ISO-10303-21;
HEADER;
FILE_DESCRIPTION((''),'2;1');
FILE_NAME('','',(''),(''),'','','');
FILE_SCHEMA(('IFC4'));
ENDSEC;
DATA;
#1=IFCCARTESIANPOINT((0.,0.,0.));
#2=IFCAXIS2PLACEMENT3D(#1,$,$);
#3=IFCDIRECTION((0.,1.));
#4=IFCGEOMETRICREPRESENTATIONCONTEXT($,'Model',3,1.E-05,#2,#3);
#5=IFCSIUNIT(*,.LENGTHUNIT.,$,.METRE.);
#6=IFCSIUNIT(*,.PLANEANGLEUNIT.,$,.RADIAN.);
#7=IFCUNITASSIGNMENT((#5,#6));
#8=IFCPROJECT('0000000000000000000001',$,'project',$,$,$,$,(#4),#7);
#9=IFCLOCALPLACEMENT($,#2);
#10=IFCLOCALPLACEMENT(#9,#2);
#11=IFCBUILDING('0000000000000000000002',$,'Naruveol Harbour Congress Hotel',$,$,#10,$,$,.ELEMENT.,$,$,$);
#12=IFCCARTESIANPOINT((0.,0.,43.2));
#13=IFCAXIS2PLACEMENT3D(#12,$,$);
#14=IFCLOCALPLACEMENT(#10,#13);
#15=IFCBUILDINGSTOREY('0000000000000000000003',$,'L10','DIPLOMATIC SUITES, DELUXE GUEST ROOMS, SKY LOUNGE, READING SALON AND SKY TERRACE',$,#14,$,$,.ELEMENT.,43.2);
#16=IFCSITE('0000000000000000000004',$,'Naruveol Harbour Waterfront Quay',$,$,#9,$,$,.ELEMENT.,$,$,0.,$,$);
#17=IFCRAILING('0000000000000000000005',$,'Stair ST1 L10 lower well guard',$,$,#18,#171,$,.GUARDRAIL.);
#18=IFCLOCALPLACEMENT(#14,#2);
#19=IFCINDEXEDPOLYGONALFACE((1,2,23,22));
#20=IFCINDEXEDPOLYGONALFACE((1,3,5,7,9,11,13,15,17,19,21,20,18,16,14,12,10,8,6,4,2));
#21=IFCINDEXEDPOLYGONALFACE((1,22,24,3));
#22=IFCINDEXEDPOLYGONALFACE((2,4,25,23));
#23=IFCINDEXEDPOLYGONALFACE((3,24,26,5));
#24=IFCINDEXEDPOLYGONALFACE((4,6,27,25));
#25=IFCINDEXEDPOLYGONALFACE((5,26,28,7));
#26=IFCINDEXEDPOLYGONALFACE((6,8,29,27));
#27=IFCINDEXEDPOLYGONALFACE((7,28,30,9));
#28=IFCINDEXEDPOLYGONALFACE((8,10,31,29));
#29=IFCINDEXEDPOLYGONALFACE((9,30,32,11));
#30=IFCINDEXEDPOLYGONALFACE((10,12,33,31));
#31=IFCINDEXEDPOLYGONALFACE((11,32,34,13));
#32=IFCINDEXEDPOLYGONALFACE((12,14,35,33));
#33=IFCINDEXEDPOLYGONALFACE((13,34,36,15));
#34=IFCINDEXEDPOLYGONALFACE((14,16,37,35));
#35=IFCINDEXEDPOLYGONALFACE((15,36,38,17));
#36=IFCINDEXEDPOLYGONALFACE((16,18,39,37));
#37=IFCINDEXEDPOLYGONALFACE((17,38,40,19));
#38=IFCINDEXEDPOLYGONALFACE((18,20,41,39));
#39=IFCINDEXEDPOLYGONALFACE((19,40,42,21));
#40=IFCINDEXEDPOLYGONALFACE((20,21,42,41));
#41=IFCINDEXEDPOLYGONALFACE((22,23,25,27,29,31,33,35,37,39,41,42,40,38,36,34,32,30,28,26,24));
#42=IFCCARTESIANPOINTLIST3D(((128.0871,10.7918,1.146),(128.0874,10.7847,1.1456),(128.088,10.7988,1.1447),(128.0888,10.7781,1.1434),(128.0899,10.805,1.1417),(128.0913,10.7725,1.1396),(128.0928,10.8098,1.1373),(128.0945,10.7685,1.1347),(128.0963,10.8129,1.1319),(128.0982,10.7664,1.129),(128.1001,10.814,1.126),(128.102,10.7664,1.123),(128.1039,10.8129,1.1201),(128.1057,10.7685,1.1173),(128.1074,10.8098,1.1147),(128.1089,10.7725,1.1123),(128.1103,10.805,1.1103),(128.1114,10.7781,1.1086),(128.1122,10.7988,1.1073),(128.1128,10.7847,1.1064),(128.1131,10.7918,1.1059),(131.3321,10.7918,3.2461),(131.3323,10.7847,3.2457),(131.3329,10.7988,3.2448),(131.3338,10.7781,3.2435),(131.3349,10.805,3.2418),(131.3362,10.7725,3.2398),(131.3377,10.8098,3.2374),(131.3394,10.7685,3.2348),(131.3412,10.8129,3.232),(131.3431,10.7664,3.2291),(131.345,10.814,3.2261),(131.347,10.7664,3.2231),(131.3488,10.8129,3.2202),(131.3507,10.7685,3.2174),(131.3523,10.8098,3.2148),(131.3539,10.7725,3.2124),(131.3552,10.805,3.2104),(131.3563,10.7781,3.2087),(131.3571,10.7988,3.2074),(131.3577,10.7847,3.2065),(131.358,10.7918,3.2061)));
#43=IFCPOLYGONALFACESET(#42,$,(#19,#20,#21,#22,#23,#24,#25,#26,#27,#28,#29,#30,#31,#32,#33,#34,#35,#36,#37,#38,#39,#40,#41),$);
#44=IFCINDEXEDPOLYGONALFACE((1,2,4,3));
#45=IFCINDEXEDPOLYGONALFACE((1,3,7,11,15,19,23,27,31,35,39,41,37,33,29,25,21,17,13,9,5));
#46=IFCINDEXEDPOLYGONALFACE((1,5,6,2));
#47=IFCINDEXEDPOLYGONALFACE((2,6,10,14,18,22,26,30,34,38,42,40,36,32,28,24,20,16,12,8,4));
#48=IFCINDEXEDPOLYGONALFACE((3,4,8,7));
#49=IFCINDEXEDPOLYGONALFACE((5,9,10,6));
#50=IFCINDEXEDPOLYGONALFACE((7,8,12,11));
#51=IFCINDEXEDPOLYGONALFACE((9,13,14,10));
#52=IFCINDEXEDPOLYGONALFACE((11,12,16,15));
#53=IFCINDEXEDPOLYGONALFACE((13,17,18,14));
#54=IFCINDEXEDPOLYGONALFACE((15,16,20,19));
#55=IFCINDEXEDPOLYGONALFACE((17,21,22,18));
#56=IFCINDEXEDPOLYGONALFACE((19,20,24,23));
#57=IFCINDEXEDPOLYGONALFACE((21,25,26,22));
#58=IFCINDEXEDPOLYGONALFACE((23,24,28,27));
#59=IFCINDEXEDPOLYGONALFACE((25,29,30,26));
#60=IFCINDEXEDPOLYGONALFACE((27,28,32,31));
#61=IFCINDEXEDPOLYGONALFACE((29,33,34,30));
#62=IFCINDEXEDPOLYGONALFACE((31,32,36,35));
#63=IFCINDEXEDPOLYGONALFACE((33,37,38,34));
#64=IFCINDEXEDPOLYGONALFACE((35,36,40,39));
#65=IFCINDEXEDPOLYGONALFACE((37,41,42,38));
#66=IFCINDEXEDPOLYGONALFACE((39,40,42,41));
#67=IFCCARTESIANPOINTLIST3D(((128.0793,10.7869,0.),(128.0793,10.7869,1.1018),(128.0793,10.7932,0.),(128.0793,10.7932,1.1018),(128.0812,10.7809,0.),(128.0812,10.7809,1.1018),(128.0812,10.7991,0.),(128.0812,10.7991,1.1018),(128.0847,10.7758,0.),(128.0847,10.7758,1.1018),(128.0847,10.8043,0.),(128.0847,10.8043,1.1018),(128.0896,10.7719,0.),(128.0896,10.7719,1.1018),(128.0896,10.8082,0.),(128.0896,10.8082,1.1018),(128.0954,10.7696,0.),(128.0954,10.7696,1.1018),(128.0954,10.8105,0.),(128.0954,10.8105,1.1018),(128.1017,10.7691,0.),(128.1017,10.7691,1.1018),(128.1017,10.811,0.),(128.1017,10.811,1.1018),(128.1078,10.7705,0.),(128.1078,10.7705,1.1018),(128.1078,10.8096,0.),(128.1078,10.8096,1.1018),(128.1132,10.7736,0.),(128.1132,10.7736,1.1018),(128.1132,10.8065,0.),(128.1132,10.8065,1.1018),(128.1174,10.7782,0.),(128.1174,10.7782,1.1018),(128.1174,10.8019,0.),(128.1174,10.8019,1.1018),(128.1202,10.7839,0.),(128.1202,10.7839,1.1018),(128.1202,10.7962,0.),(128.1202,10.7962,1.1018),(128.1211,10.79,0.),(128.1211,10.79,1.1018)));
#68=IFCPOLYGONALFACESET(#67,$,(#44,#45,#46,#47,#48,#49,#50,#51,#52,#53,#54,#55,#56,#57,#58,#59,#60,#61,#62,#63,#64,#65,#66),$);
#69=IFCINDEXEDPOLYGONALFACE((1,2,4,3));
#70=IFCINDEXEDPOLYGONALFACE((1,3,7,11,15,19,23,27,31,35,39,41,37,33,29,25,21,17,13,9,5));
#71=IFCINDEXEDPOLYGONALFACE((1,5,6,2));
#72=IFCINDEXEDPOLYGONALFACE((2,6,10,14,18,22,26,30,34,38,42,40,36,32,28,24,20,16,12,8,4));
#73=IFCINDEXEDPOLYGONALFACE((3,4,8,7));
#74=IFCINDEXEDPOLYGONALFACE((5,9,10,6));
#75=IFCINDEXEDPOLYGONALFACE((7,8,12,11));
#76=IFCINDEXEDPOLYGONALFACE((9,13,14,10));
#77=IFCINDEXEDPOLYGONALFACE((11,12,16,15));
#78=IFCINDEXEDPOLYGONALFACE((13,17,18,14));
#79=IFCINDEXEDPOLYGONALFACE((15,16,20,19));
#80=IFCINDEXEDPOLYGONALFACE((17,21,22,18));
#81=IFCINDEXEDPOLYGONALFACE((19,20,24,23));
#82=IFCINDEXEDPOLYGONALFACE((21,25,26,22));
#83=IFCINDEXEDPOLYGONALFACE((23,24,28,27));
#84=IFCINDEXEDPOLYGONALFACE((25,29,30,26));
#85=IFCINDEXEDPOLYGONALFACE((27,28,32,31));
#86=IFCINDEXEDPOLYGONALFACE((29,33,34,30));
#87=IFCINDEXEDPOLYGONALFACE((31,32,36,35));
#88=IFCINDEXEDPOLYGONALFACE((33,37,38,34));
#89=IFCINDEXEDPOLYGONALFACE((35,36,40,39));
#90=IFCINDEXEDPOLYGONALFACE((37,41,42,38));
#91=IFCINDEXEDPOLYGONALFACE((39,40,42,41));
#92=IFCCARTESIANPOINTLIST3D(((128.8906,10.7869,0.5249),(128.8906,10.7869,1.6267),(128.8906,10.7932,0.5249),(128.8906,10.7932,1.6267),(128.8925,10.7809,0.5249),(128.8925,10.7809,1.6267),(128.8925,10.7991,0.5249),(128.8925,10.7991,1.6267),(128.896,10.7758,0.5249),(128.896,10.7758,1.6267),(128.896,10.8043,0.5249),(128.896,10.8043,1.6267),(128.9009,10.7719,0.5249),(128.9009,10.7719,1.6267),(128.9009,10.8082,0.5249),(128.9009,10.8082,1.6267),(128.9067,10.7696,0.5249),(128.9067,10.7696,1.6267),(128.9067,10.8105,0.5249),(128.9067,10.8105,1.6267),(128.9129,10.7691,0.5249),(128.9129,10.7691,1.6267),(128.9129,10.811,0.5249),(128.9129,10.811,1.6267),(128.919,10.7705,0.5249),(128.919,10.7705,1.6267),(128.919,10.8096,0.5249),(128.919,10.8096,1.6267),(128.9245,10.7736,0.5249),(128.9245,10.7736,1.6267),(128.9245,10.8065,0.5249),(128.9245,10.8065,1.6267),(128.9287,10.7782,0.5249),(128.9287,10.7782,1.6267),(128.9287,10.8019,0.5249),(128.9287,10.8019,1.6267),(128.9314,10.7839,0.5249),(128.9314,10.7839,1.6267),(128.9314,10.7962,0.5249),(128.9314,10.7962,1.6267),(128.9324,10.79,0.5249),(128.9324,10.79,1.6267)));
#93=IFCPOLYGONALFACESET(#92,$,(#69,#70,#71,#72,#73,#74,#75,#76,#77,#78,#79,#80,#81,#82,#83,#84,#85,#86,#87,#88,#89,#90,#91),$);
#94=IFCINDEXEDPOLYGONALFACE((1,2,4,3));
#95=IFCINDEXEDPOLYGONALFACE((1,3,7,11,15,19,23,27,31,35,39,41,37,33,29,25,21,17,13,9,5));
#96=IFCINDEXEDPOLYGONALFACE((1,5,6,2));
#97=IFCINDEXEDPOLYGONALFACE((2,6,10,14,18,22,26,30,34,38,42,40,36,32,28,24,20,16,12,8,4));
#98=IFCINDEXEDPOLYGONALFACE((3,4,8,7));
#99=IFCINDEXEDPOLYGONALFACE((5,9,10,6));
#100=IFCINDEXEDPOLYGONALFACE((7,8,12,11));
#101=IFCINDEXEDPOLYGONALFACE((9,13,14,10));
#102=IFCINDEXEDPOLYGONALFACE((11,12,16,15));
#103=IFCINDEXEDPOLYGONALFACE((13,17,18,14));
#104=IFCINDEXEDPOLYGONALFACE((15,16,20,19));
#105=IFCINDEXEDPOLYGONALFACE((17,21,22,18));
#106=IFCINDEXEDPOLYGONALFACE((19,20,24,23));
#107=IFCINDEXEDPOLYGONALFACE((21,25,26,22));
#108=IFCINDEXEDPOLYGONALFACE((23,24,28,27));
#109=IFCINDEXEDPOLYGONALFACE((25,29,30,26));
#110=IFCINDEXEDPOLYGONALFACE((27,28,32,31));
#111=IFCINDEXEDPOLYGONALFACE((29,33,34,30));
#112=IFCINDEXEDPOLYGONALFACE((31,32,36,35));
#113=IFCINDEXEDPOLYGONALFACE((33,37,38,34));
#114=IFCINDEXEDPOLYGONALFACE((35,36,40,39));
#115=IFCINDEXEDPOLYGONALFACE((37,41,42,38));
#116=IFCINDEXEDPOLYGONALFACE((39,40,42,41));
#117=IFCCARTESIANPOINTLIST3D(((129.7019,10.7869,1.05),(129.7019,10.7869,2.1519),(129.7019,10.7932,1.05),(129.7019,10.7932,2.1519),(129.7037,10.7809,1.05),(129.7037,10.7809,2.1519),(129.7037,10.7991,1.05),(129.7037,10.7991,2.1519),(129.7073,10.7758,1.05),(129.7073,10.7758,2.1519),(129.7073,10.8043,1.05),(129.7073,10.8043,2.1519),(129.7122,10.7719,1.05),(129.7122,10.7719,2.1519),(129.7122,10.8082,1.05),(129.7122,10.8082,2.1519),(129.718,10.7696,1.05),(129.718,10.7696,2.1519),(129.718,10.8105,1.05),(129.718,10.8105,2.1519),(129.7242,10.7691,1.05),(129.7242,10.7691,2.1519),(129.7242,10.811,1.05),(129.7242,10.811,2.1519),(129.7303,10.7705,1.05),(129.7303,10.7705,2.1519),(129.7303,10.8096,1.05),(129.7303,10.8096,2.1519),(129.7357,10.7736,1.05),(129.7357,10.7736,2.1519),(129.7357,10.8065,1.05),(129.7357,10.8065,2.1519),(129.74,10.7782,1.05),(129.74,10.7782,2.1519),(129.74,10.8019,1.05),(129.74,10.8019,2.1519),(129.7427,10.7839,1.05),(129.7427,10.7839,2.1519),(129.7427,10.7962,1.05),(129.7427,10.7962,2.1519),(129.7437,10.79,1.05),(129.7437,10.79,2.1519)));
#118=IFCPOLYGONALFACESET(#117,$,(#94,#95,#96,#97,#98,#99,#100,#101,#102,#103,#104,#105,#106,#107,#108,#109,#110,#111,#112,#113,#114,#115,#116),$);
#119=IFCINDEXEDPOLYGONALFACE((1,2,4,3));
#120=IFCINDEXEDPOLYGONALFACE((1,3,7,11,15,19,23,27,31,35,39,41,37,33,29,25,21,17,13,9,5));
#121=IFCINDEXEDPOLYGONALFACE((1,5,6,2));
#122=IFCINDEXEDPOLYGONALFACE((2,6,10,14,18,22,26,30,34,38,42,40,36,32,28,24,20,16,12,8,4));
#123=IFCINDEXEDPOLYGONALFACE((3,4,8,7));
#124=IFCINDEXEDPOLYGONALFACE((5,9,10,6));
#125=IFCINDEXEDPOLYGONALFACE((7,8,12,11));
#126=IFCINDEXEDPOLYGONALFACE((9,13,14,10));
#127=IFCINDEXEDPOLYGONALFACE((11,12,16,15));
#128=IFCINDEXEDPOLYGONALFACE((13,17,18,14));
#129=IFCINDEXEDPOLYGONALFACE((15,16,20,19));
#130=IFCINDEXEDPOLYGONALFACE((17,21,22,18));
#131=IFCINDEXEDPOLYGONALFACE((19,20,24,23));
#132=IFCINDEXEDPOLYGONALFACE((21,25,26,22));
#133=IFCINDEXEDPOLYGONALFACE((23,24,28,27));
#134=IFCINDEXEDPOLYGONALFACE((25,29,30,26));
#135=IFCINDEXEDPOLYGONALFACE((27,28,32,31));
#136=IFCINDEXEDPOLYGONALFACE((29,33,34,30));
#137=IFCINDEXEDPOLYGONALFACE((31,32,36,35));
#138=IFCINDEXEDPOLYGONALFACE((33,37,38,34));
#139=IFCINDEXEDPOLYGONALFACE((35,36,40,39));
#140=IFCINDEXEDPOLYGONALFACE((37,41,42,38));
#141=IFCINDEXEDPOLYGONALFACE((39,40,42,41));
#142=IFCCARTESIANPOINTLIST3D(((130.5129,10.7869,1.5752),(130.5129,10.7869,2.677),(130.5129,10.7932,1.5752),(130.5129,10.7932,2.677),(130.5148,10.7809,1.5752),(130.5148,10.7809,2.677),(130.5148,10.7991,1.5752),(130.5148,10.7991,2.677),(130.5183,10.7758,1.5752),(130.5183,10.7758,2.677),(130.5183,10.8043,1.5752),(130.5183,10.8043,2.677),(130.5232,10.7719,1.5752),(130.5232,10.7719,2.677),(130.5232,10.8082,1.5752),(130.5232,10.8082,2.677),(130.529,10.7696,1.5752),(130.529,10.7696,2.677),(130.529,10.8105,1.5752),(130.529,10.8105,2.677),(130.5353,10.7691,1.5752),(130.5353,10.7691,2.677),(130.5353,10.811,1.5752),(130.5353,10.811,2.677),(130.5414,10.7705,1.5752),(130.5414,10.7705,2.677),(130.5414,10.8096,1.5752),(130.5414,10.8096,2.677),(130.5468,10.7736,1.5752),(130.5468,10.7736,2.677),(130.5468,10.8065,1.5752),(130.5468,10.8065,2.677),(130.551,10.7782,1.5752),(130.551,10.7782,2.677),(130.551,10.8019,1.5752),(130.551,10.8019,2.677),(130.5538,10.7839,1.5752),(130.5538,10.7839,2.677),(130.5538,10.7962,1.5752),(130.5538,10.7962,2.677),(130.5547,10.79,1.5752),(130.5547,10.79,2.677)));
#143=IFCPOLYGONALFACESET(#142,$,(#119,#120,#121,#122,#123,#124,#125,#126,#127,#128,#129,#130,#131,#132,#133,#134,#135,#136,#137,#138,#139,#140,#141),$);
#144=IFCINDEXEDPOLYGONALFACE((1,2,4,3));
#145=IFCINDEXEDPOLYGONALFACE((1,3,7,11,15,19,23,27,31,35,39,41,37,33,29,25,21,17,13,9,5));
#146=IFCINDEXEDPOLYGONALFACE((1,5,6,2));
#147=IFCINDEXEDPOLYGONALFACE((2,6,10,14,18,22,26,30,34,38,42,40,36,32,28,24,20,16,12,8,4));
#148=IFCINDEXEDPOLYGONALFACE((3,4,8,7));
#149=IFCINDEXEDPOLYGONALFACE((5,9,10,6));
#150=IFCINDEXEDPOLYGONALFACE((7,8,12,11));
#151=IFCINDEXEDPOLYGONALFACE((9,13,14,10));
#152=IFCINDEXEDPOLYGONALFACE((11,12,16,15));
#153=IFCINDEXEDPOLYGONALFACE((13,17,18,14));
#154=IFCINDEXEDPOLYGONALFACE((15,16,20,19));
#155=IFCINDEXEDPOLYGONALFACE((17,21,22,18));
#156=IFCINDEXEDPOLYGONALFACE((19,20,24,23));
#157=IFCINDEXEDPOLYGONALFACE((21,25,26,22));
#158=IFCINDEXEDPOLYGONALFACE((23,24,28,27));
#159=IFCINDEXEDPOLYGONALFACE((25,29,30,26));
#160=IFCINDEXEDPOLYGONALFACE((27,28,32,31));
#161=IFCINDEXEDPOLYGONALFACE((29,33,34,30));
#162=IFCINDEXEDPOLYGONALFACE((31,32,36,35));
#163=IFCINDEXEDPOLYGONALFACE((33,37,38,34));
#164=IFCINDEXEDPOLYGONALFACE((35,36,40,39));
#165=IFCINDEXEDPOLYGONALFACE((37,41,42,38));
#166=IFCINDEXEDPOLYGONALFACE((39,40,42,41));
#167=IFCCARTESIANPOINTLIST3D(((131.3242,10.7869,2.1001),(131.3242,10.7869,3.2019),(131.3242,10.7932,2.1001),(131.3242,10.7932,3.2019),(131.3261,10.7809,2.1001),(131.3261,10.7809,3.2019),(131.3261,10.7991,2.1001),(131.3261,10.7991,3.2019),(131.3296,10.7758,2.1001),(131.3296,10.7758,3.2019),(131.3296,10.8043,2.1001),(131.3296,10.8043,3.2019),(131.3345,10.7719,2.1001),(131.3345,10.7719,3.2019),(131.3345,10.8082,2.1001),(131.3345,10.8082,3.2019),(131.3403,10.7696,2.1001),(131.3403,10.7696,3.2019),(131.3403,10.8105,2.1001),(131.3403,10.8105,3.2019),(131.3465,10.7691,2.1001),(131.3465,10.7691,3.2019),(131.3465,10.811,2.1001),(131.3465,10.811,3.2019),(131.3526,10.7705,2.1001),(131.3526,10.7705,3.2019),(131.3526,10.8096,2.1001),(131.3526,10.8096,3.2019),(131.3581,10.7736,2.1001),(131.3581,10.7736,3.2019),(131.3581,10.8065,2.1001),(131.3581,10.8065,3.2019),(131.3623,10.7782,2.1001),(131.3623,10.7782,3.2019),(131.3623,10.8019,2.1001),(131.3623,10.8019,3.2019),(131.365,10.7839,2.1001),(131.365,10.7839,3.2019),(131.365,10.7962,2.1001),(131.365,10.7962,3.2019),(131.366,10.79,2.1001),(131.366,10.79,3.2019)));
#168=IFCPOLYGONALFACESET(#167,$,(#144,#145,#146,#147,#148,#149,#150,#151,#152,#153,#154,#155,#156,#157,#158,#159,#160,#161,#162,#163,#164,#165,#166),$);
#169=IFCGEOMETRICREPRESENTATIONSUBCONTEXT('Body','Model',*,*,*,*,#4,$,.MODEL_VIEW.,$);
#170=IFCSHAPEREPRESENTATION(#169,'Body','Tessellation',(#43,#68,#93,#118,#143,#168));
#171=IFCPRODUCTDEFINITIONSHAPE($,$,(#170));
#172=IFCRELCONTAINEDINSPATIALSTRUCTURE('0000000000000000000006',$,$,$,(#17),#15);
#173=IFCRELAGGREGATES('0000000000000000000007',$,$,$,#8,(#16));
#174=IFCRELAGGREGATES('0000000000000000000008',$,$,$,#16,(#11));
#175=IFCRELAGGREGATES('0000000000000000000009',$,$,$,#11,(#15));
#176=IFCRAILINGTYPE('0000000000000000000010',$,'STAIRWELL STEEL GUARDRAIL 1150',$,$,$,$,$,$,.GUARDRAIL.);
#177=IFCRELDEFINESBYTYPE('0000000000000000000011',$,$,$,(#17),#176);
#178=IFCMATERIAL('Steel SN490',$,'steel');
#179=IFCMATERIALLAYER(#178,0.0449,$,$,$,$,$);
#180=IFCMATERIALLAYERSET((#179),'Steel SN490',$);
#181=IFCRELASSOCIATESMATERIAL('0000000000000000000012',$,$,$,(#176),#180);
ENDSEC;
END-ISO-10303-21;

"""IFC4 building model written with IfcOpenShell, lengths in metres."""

from ifc_helpers import new_model, si_unit, direction, frame, origin, origin_2d, place, context, subcontext, project, spatial, circle, extrude, material, layer, layer_set, type_object, element, save


model = new_model("IFC4")

# Units and contexts
model_context = context("Model", 3, precision=1e-05, world=origin(), true_north=direction((0.0, 1.0)))
body_context = subcontext(model_context, "Body", "Model", "MODEL_VIEW")
ifc_project = project(units=[si_unit("LENGTHUNIT", "METRE"), si_unit("PLANEANGLEUNIT", "RADIAN")], contexts=[model_context])

# Site, building, storey
site_placement = place(None, origin())
site = spatial("IfcSite", under=ifc_project, at=site_placement, Name="Naruveol Harbour Waterfront Quay", CompositionType="ELEMENT", RefElevation=0.0)
building_placement = place(site_placement, origin())
building = spatial("IfcBuilding", under=site, at=building_placement, Name="Naruveol Harbour Congress Hotel", CompositionType="ELEMENT")
storey_placement = place(building_placement, frame((0.0, 0.0, 43.2)))
storey = spatial("IfcBuildingStorey", under=building, at=storey_placement, Name="L10", Description="DIPLOMATIC SUITES, DELUXE GUEST ROOMS, SKY LOUNGE, READING SALON AND SKY TERRACE", CompositionType="ELEMENT", Elevation=43.2)

# Railing
ifc_material_1 = material(Name="Steel SN490", Category="steel")
ifc_layer_1 = layer(ifc_material_1, 0.0449)
ifc_layer_set_1 = layer_set([ifc_layer_1], Name="Steel SN490")
railing_type_1 = type_object("IfcRailingType", Name="STAIRWELL STEEL GUARDRAIL 1150", PredefinedType="GUARDRAIL", material=ifc_layer_set_1)
railing_1_placement = place(storey_placement, frame((128.1001, 10.79, 0.0)))
element("IfcRailing", 1, at=railing_1_placement, inside=storey, type_object=railing_type_1, Name="Stair ST1 L10 lower well guard", PredefinedType="GUARDRAIL", context=body_context, shape_type="SweptSolid", body=[
    extrude(circle(Radius=0.0239, at=origin_2d()), frame((0.0, 0.0, 1.126), z_axis=(0.839514, 0.0, 0.543338), x_axis=(0.0, 1.0, 0.0)), (0.0, 0.0, 1.0), 3.8652),
    extrude(circle(Radius=0.021, at=origin_2d()), origin(), (0.0, 0.0, 1.0), 1.1018),
    extrude(circle(Radius=0.021, at=origin_2d()), frame((0.8113, 0.0, 0.5249)), (0.0, 0.0, 1.0), 1.1018),
    extrude(circle(Radius=0.021, at=origin_2d()), frame((1.6226, 0.0, 1.05)), (0.0, 0.0, 1.0), 1.1018),
    extrude(circle(Radius=0.021, at=origin_2d()), frame((2.4336, 0.0, 1.5752)), (0.0, 0.0, 1.0), 1.1018),
    extrude(circle(Radius=0.021, at=origin_2d()), frame((3.2449, 0.0, 2.1001)), (0.0, 0.0, 1.0), 1.1018),
])

save(model, "model.ifc")
